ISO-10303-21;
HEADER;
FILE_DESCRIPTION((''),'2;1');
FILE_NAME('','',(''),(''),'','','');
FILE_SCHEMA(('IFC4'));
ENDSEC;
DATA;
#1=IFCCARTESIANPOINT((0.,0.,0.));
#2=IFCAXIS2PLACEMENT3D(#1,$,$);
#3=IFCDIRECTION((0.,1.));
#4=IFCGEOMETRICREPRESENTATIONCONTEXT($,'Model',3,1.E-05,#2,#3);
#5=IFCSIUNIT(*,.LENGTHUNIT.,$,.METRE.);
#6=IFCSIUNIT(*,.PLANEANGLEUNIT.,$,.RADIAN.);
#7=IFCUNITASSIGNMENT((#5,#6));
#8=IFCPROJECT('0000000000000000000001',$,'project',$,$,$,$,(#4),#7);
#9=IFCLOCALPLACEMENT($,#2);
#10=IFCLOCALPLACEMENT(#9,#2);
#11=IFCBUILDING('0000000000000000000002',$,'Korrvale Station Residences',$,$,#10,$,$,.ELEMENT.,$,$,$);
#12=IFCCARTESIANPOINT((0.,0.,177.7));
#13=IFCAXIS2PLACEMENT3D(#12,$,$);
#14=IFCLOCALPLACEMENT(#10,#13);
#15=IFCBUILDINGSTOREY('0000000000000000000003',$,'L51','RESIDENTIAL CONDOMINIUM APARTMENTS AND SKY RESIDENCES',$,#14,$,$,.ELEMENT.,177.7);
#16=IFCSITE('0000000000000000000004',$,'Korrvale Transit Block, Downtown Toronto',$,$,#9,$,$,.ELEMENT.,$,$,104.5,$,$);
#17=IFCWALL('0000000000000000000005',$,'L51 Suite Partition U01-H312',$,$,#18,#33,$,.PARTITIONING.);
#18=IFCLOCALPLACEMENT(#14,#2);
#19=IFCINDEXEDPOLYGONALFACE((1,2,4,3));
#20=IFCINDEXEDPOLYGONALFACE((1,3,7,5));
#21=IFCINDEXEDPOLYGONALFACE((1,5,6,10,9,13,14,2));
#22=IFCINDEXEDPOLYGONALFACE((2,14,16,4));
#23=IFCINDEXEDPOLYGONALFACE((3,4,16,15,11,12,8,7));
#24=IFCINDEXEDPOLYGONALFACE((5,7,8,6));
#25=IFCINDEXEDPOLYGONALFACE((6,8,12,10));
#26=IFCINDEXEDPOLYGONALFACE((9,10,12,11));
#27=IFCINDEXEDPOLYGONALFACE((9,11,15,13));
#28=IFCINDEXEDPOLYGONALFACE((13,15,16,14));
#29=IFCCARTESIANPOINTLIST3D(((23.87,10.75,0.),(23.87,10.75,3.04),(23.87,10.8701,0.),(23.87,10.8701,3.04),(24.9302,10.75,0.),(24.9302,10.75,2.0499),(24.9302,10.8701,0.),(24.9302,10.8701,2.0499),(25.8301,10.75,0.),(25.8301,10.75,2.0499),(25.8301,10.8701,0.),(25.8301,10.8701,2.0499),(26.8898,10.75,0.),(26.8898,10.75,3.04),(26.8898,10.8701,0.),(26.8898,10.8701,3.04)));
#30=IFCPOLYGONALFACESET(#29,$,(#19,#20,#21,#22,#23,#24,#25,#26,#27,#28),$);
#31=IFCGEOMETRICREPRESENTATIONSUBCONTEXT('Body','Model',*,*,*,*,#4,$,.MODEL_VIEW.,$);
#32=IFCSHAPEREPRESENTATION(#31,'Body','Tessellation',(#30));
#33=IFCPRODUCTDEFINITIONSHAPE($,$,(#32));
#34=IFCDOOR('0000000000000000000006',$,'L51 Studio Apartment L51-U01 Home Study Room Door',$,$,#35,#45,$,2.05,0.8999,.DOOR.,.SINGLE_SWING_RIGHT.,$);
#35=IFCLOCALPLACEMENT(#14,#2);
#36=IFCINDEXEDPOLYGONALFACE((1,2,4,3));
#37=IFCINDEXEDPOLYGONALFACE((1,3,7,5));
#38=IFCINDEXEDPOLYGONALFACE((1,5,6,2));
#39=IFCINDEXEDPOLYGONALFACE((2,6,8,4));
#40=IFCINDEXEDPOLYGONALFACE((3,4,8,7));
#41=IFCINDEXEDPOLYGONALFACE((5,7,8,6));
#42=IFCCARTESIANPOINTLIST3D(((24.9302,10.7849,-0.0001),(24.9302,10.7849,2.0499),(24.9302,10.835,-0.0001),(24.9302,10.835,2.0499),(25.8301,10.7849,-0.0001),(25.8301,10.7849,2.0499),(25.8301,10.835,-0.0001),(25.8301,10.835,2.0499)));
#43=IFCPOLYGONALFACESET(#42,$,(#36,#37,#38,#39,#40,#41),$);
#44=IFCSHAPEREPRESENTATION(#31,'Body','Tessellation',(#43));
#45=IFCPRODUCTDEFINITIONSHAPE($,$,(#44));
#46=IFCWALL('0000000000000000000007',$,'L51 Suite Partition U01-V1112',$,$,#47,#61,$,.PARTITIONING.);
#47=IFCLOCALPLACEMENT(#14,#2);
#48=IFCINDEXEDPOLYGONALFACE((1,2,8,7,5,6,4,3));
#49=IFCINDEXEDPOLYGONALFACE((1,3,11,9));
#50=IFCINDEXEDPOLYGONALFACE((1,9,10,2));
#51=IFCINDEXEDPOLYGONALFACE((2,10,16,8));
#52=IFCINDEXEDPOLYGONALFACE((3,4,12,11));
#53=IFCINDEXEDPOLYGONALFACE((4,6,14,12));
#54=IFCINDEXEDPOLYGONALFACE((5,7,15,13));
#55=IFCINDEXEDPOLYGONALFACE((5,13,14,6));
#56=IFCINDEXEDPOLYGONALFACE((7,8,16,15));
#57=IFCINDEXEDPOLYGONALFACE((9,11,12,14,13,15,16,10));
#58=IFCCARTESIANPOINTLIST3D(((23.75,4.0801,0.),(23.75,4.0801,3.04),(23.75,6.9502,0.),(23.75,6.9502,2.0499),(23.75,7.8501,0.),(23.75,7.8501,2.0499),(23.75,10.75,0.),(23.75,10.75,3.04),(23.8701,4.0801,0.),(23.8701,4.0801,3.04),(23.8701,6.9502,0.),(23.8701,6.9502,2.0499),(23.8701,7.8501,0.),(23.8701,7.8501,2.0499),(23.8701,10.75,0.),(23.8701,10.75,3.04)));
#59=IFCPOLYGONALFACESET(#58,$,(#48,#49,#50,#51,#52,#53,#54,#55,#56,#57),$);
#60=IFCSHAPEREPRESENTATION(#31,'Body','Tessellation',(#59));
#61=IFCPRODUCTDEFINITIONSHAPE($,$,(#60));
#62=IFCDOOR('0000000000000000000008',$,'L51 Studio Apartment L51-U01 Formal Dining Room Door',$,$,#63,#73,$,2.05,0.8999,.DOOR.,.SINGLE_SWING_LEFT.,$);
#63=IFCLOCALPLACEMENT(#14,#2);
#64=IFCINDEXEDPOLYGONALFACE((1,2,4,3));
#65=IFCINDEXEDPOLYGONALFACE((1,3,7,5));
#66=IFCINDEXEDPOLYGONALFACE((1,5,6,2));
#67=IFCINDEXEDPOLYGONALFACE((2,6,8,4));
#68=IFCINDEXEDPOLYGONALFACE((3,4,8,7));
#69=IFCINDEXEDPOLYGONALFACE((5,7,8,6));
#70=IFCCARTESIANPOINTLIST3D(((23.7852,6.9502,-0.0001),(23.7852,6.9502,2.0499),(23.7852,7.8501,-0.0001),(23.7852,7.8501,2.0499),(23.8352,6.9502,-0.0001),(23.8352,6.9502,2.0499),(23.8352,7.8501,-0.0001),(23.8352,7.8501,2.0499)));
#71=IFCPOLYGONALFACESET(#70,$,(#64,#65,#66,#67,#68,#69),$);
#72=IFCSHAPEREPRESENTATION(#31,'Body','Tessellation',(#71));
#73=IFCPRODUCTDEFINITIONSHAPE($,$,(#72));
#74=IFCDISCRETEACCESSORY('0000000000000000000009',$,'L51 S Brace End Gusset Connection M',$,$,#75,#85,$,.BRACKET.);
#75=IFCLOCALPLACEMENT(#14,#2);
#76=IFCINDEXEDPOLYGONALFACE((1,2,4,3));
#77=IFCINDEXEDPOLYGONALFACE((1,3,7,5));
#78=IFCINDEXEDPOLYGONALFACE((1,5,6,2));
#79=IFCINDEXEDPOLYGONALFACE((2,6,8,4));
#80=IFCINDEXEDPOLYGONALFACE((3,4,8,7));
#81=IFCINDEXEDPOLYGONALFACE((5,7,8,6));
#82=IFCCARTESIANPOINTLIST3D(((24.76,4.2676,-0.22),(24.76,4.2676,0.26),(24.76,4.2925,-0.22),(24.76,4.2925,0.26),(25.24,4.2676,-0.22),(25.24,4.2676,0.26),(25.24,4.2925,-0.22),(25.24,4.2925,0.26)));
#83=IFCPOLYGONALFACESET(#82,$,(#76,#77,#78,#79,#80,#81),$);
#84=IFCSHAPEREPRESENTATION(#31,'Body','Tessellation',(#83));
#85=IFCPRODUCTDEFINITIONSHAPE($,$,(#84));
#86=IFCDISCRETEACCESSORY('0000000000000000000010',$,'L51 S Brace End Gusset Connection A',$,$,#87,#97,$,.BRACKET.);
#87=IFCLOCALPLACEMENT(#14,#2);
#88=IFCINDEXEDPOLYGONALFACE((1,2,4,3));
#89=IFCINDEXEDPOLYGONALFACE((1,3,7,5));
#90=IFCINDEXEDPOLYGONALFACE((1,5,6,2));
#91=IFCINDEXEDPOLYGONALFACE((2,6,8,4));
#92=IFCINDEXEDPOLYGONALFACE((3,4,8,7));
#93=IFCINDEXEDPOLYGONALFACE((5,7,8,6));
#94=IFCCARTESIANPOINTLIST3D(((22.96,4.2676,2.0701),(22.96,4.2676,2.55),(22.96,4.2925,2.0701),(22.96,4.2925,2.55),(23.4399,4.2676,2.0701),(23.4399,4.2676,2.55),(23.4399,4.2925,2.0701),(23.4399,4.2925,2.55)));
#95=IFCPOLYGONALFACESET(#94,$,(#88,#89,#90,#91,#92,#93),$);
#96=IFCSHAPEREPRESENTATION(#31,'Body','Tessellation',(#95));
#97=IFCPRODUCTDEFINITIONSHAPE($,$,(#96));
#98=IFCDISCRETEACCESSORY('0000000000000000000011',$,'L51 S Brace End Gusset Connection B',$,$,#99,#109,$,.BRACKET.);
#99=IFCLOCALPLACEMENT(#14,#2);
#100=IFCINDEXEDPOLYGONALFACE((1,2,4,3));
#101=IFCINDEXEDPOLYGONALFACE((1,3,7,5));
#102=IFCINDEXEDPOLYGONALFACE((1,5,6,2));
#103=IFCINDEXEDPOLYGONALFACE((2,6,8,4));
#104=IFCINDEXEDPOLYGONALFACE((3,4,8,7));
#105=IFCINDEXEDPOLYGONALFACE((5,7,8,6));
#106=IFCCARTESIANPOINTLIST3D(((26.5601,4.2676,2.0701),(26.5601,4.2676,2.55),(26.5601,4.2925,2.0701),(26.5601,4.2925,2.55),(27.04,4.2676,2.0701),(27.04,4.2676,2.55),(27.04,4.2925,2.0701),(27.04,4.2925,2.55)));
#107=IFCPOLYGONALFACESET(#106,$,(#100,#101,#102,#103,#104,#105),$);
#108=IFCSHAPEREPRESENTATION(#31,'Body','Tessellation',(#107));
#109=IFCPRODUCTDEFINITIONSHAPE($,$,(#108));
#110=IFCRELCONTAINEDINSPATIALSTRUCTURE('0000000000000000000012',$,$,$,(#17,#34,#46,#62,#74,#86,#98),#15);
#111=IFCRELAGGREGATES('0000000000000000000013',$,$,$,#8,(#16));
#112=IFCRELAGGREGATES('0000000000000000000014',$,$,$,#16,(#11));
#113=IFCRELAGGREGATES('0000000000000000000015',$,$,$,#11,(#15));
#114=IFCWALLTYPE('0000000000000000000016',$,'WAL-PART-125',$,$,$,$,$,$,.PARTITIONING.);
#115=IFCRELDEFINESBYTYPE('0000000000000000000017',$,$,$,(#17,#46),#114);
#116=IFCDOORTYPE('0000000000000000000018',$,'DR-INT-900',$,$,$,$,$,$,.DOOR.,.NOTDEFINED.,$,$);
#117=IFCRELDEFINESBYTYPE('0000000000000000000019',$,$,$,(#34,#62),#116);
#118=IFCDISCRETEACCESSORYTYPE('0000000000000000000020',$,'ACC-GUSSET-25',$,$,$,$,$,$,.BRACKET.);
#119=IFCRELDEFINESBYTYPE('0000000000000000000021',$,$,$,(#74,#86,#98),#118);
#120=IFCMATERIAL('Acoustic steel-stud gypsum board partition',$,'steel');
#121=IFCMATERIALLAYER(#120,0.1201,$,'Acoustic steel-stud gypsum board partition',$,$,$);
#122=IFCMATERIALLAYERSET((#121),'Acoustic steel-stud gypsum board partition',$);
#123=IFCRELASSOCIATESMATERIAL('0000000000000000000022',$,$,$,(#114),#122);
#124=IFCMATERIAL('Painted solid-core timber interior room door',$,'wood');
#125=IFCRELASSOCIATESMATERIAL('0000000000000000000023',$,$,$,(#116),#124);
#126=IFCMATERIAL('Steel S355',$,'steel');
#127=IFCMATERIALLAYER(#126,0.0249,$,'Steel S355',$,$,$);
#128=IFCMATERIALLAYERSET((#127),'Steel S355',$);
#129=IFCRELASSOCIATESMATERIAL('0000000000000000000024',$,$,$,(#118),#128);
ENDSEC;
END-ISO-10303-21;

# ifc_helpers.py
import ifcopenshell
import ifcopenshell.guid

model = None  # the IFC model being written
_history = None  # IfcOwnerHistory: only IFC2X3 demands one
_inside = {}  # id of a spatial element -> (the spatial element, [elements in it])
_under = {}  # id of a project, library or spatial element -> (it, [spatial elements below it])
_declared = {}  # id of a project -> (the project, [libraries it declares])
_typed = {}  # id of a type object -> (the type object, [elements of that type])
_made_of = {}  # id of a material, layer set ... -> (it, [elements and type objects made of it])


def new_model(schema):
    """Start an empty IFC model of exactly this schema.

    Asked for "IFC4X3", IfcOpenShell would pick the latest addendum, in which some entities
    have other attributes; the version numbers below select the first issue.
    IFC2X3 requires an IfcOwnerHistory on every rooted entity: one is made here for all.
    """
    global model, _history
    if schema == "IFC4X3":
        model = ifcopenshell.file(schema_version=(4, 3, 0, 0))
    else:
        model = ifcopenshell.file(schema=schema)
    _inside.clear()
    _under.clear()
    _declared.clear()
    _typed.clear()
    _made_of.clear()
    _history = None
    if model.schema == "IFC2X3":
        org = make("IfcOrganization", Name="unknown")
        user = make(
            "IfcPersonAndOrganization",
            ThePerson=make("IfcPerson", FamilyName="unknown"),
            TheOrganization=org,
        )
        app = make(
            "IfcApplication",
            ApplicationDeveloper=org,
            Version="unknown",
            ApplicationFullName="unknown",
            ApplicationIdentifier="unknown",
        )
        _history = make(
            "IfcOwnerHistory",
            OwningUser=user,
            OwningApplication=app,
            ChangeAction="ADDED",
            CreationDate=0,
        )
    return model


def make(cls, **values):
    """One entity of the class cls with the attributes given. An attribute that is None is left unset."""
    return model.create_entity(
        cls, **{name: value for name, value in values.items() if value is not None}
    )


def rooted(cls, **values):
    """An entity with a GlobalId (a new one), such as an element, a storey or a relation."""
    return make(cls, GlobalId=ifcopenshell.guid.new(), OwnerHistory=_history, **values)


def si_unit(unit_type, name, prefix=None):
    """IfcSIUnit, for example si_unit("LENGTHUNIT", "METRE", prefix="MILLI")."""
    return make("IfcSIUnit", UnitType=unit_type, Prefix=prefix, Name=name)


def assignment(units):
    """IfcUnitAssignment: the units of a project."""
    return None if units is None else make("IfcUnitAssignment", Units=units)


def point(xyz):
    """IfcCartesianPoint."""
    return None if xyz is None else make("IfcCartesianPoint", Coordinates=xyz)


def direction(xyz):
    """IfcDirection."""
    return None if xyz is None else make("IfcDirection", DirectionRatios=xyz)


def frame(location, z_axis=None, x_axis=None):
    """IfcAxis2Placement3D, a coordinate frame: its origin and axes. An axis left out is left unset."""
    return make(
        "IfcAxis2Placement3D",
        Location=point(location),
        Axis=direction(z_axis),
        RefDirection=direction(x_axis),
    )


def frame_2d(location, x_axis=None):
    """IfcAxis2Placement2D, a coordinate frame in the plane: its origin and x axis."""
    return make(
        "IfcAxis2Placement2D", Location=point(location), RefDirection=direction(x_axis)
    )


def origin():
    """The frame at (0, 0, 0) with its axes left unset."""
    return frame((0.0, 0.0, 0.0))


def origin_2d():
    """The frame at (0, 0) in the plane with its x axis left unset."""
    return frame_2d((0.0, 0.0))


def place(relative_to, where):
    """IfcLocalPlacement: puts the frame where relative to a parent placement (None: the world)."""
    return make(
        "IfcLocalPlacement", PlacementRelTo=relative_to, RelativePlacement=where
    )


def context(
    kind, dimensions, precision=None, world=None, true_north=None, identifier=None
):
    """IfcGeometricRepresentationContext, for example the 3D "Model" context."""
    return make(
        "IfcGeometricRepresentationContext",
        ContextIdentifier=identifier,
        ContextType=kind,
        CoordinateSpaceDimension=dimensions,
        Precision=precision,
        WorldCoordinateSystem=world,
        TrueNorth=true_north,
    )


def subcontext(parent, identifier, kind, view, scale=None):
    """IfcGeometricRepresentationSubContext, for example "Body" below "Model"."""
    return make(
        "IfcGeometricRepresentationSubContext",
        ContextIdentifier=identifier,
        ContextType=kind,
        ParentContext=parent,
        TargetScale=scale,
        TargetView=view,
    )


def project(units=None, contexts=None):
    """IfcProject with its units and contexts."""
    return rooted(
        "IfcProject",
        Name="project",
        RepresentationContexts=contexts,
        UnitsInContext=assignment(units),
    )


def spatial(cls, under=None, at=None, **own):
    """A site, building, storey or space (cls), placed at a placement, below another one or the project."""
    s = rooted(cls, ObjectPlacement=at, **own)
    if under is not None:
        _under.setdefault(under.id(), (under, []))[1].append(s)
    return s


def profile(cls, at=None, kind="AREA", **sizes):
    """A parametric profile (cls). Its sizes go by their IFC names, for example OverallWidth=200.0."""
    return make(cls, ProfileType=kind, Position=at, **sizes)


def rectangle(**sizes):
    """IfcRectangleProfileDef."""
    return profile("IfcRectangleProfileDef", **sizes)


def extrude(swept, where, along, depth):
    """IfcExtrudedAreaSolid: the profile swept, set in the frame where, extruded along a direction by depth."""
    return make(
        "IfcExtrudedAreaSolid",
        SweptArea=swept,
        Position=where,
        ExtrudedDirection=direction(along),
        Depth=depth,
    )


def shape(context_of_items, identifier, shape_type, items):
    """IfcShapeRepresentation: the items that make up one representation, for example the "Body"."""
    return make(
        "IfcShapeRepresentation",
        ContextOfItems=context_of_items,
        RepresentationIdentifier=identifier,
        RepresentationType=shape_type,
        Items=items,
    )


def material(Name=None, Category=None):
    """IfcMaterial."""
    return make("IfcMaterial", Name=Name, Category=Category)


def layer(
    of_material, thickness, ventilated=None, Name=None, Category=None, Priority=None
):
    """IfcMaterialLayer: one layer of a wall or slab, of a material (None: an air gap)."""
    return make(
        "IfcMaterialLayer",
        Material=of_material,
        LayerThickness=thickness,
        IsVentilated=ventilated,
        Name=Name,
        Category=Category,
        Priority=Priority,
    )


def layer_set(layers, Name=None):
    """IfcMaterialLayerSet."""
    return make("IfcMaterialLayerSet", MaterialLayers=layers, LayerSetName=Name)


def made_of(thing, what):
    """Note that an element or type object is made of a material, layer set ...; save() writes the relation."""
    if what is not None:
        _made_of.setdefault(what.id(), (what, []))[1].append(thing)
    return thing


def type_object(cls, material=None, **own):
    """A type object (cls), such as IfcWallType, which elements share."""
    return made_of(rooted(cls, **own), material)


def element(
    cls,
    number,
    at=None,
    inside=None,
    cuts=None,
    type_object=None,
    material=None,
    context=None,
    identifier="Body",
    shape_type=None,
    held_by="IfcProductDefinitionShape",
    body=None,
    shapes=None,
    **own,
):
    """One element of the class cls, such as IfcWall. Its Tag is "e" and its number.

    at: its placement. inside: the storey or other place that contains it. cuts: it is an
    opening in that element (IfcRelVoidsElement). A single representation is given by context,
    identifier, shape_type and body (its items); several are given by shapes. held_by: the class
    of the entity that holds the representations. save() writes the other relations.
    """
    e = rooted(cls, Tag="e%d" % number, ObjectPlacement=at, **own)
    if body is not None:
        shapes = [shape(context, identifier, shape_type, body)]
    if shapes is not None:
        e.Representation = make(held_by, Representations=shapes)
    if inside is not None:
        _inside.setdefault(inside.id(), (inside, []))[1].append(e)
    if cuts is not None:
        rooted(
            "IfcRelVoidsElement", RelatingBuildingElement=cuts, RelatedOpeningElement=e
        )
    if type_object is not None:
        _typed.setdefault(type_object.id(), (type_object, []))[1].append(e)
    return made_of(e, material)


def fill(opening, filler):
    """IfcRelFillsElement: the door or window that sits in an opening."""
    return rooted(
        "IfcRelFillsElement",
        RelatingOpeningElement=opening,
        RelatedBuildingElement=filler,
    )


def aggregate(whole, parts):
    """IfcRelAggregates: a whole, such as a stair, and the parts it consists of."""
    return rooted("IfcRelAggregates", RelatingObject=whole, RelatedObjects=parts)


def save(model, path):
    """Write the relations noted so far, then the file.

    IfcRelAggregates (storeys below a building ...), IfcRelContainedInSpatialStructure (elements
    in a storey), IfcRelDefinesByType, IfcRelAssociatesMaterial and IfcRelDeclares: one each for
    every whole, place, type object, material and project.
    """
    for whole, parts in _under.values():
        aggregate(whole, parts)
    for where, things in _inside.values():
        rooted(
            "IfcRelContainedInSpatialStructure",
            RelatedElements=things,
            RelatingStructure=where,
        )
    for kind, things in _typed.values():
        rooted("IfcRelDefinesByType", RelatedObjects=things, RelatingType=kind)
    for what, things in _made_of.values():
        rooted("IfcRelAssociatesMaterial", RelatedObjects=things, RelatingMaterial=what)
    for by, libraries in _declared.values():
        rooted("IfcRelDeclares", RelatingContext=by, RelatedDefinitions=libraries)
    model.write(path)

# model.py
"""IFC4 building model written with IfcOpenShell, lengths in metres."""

from ifc_helpers import new_model, si_unit, direction, frame, frame_2d, origin, origin_2d, place, context, subcontext, project, spatial, rectangle, extrude, material, layer, layer_set, type_object, element, fill, save


model = new_model("IFC4")

# Units and contexts
model_context = context("Model", 3, precision=1e-05, world=origin(), true_north=direction((0.0, 1.0)))
body_context = subcontext(model_context, "Body", "Model", "MODEL_VIEW")
ifc_project = project(units=[si_unit("LENGTHUNIT", "METRE"), si_unit("PLANEANGLEUNIT", "RADIAN")], contexts=[model_context])

# Site, building, storey
site_placement = place(None, origin())
site = spatial("IfcSite", under=ifc_project, at=site_placement, Name="Korrvale Transit Block, Downtown Toronto", CompositionType="ELEMENT", RefElevation=104.5)
building_placement = place(site_placement, origin())
building = spatial("IfcBuilding", under=site, at=building_placement, Name="Korrvale Station Residences", CompositionType="ELEMENT")
storey_placement = place(building_placement, frame((0.0, 0.0, 177.7)))
storey = spatial("IfcBuildingStorey", under=building, at=storey_placement, Name="L51", Description="RESIDENTIAL CONDOMINIUM APARTMENTS AND SKY RESIDENCES", CompositionType="ELEMENT", Elevation=177.7)

# Shared definitions
ifc_material_1 = material(Name="Steel S355", Category="steel")

# Walls, openings, doors
ifc_material_2 = material(Name="Acoustic steel-stud gypsum board partition", Category="steel")
ifc_layer_1 = layer(ifc_material_2, 0.1201, Name="Acoustic steel-stud gypsum board partition")
ifc_layer_set_1 = layer_set([ifc_layer_1], Name="Acoustic steel-stud gypsum board partition")
wall_type = type_object("IfcWallType", Name="WAL-PART-125", PredefinedType="PARTITIONING", material=ifc_layer_set_1)
ifc_material_3 = material(Name="Painted solid-core timber interior room door", Category="wood")
door_type = type_object("IfcDoorType", Name="DR-INT-900", OperationType="NOTDEFINED", PredefinedType="DOOR", material=ifc_material_3)
wall_1_placement = place(storey_placement, frame((23.8701, 10.8101, 0.0), z_axis=(0.0, 0.0, 1.0), x_axis=(1.0, 0.0, 0.0)))
wall_1 = element("IfcWall", 1, at=wall_1_placement, inside=storey, type_object=wall_type, Name="L51 Suite Partition U01-H312", PredefinedType="PARTITIONING", context=body_context, shape_type="SweptSolid", body=[
    extrude(rectangle(XDim=3.0198, YDim=0.1201, at=frame_2d((1.5098, 0.0))), origin(), (0.0, 0.0, 1.0), 3.04),
])
opening_1_placement = place(wall_1_placement, frame((1.0601, 0.0, 0.0)))
opening_1 = element("IfcOpeningElement", 2, at=opening_1_placement, cuts=wall_1, PredefinedType="OPENING", context=body_context, shape_type="SweptSolid", body=[
    extrude(rectangle(XDim=0.8999, YDim=2.05, at=frame_2d((0.45, 1.0249))), frame((0.0, 0.0701, 0.0), z_axis=(0.0, -1.0, 0.0), x_axis=(1.0, 0.0, 0.0)), (0.0, 0.0, 1.0), 0.1401),
])
door_1_placement = place(opening_1_placement, origin())
door_1 = element("IfcDoor", 3, at=door_1_placement, inside=storey, type_object=door_type, Name="L51 Studio Apartment L51-U01 Home Study Room Door", OperationType="SINGLE_SWING_RIGHT", OverallHeight=2.05, OverallWidth=0.8999, PredefinedType="DOOR", context=body_context, shape_type="SweptSolid", body=[
    extrude(rectangle(XDim=0.8999, YDim=2.05, at=frame_2d((0.45, 1.0249))), frame((0.0, 0.0249, 0.0), z_axis=(0.0, -1.0, 0.0), x_axis=(1.0, 0.0, 0.0)), (0.0, 0.0, 1.0), 0.05),
])
fill(opening_1, door_1)
wall_2_placement = place(storey_placement, frame((23.8101, 4.0801, 0.0), z_axis=(0.0, 0.0, 1.0), x_axis=(0.0, 1.0, 0.0)))
wall_2 = element("IfcWall", 4, at=wall_2_placement, inside=storey, type_object=wall_type, Name="L51 Suite Partition U01-V1112", PredefinedType="PARTITIONING", context=body_context, shape_type="SweptSolid", body=[
    extrude(rectangle(XDim=6.6699, YDim=0.1201, at=frame_2d((3.335, 0.0))), origin(), (0.0, 0.0, 1.0), 3.04),
])
opening_2_placement = place(wall_2_placement, frame((2.8701, 0.0, 0.0)))
opening_2 = element("IfcOpeningElement", 5, at=opening_2_placement, cuts=wall_2, PredefinedType="OPENING", context=body_context, shape_type="SweptSolid", body=[
    extrude(rectangle(XDim=0.8999, YDim=2.05, at=frame_2d((0.45, 1.0249))), frame((0.0, 0.0701, 0.0), z_axis=(0.0, -1.0, 0.0), x_axis=(1.0, 0.0, 0.0)), (0.0, 0.0, 1.0), 0.1401),
])
door_2_placement = place(opening_2_placement, origin())
door_2 = element("IfcDoor", 6, at=door_2_placement, inside=storey, type_object=door_type, Name="L51 Studio Apartment L51-U01 Formal Dining Room Door", OperationType="SINGLE_SWING_LEFT", OverallHeight=2.05, OverallWidth=0.8999, PredefinedType="DOOR", context=body_context, shape_type="SweptSolid", body=[
    extrude(rectangle(XDim=0.8999, YDim=2.05, at=frame_2d((0.45, 1.0249))), frame((0.0, 0.0249, 0.0), z_axis=(0.0, -1.0, 0.0), x_axis=(1.0, 0.0, 0.0)), (0.0, 0.0, 1.0), 0.05),
])
fill(opening_2, door_2)

# Discrete accessories
ifc_layer_2 = layer(ifc_material_1, 0.0249, Name="Steel S355")
ifc_layer_set_2 = layer_set([ifc_layer_2], Name="Steel S355")
discrete_accessory_type = type_object("IfcDiscreteAccessoryType", Name="ACC-GUSSET-25", PredefinedType="BRACKET", material=ifc_layer_set_2)
for number, where, z_axis, x_axis, name in (
    (7, (25.0, 4.28, -0.22), (0.0, 0.0, 1.0), (1.0, 0.0, 0.0), "L51 S Brace End Gusset Connection M"),
    (8, (23.2, 4.28, 2.0701), (0.0, 0.0, 1.0), (1.0, 0.0, 0.0), "L51 S Brace End Gusset Connection A"),
    (9, (26.8, 4.28, 2.0701), (0.0, 0.0, 1.0), (1.0, 0.0, 0.0), "L51 S Brace End Gusset Connection B"),
):
    element("IfcDiscreteAccessory", number, at=place(storey_placement, frame(where, z_axis=z_axis, x_axis=x_axis)), inside=storey, type_object=discrete_accessory_type, Name=name, PredefinedType="BRACKET", context=body_context, shape_type="SweptSolid", body=[
        extrude(rectangle(XDim=0.48, YDim=0.0249, at=origin_2d()), origin(), (0.0, 0.0, 1.0), 0.48),
    ])

save(model, "model.ifc")
